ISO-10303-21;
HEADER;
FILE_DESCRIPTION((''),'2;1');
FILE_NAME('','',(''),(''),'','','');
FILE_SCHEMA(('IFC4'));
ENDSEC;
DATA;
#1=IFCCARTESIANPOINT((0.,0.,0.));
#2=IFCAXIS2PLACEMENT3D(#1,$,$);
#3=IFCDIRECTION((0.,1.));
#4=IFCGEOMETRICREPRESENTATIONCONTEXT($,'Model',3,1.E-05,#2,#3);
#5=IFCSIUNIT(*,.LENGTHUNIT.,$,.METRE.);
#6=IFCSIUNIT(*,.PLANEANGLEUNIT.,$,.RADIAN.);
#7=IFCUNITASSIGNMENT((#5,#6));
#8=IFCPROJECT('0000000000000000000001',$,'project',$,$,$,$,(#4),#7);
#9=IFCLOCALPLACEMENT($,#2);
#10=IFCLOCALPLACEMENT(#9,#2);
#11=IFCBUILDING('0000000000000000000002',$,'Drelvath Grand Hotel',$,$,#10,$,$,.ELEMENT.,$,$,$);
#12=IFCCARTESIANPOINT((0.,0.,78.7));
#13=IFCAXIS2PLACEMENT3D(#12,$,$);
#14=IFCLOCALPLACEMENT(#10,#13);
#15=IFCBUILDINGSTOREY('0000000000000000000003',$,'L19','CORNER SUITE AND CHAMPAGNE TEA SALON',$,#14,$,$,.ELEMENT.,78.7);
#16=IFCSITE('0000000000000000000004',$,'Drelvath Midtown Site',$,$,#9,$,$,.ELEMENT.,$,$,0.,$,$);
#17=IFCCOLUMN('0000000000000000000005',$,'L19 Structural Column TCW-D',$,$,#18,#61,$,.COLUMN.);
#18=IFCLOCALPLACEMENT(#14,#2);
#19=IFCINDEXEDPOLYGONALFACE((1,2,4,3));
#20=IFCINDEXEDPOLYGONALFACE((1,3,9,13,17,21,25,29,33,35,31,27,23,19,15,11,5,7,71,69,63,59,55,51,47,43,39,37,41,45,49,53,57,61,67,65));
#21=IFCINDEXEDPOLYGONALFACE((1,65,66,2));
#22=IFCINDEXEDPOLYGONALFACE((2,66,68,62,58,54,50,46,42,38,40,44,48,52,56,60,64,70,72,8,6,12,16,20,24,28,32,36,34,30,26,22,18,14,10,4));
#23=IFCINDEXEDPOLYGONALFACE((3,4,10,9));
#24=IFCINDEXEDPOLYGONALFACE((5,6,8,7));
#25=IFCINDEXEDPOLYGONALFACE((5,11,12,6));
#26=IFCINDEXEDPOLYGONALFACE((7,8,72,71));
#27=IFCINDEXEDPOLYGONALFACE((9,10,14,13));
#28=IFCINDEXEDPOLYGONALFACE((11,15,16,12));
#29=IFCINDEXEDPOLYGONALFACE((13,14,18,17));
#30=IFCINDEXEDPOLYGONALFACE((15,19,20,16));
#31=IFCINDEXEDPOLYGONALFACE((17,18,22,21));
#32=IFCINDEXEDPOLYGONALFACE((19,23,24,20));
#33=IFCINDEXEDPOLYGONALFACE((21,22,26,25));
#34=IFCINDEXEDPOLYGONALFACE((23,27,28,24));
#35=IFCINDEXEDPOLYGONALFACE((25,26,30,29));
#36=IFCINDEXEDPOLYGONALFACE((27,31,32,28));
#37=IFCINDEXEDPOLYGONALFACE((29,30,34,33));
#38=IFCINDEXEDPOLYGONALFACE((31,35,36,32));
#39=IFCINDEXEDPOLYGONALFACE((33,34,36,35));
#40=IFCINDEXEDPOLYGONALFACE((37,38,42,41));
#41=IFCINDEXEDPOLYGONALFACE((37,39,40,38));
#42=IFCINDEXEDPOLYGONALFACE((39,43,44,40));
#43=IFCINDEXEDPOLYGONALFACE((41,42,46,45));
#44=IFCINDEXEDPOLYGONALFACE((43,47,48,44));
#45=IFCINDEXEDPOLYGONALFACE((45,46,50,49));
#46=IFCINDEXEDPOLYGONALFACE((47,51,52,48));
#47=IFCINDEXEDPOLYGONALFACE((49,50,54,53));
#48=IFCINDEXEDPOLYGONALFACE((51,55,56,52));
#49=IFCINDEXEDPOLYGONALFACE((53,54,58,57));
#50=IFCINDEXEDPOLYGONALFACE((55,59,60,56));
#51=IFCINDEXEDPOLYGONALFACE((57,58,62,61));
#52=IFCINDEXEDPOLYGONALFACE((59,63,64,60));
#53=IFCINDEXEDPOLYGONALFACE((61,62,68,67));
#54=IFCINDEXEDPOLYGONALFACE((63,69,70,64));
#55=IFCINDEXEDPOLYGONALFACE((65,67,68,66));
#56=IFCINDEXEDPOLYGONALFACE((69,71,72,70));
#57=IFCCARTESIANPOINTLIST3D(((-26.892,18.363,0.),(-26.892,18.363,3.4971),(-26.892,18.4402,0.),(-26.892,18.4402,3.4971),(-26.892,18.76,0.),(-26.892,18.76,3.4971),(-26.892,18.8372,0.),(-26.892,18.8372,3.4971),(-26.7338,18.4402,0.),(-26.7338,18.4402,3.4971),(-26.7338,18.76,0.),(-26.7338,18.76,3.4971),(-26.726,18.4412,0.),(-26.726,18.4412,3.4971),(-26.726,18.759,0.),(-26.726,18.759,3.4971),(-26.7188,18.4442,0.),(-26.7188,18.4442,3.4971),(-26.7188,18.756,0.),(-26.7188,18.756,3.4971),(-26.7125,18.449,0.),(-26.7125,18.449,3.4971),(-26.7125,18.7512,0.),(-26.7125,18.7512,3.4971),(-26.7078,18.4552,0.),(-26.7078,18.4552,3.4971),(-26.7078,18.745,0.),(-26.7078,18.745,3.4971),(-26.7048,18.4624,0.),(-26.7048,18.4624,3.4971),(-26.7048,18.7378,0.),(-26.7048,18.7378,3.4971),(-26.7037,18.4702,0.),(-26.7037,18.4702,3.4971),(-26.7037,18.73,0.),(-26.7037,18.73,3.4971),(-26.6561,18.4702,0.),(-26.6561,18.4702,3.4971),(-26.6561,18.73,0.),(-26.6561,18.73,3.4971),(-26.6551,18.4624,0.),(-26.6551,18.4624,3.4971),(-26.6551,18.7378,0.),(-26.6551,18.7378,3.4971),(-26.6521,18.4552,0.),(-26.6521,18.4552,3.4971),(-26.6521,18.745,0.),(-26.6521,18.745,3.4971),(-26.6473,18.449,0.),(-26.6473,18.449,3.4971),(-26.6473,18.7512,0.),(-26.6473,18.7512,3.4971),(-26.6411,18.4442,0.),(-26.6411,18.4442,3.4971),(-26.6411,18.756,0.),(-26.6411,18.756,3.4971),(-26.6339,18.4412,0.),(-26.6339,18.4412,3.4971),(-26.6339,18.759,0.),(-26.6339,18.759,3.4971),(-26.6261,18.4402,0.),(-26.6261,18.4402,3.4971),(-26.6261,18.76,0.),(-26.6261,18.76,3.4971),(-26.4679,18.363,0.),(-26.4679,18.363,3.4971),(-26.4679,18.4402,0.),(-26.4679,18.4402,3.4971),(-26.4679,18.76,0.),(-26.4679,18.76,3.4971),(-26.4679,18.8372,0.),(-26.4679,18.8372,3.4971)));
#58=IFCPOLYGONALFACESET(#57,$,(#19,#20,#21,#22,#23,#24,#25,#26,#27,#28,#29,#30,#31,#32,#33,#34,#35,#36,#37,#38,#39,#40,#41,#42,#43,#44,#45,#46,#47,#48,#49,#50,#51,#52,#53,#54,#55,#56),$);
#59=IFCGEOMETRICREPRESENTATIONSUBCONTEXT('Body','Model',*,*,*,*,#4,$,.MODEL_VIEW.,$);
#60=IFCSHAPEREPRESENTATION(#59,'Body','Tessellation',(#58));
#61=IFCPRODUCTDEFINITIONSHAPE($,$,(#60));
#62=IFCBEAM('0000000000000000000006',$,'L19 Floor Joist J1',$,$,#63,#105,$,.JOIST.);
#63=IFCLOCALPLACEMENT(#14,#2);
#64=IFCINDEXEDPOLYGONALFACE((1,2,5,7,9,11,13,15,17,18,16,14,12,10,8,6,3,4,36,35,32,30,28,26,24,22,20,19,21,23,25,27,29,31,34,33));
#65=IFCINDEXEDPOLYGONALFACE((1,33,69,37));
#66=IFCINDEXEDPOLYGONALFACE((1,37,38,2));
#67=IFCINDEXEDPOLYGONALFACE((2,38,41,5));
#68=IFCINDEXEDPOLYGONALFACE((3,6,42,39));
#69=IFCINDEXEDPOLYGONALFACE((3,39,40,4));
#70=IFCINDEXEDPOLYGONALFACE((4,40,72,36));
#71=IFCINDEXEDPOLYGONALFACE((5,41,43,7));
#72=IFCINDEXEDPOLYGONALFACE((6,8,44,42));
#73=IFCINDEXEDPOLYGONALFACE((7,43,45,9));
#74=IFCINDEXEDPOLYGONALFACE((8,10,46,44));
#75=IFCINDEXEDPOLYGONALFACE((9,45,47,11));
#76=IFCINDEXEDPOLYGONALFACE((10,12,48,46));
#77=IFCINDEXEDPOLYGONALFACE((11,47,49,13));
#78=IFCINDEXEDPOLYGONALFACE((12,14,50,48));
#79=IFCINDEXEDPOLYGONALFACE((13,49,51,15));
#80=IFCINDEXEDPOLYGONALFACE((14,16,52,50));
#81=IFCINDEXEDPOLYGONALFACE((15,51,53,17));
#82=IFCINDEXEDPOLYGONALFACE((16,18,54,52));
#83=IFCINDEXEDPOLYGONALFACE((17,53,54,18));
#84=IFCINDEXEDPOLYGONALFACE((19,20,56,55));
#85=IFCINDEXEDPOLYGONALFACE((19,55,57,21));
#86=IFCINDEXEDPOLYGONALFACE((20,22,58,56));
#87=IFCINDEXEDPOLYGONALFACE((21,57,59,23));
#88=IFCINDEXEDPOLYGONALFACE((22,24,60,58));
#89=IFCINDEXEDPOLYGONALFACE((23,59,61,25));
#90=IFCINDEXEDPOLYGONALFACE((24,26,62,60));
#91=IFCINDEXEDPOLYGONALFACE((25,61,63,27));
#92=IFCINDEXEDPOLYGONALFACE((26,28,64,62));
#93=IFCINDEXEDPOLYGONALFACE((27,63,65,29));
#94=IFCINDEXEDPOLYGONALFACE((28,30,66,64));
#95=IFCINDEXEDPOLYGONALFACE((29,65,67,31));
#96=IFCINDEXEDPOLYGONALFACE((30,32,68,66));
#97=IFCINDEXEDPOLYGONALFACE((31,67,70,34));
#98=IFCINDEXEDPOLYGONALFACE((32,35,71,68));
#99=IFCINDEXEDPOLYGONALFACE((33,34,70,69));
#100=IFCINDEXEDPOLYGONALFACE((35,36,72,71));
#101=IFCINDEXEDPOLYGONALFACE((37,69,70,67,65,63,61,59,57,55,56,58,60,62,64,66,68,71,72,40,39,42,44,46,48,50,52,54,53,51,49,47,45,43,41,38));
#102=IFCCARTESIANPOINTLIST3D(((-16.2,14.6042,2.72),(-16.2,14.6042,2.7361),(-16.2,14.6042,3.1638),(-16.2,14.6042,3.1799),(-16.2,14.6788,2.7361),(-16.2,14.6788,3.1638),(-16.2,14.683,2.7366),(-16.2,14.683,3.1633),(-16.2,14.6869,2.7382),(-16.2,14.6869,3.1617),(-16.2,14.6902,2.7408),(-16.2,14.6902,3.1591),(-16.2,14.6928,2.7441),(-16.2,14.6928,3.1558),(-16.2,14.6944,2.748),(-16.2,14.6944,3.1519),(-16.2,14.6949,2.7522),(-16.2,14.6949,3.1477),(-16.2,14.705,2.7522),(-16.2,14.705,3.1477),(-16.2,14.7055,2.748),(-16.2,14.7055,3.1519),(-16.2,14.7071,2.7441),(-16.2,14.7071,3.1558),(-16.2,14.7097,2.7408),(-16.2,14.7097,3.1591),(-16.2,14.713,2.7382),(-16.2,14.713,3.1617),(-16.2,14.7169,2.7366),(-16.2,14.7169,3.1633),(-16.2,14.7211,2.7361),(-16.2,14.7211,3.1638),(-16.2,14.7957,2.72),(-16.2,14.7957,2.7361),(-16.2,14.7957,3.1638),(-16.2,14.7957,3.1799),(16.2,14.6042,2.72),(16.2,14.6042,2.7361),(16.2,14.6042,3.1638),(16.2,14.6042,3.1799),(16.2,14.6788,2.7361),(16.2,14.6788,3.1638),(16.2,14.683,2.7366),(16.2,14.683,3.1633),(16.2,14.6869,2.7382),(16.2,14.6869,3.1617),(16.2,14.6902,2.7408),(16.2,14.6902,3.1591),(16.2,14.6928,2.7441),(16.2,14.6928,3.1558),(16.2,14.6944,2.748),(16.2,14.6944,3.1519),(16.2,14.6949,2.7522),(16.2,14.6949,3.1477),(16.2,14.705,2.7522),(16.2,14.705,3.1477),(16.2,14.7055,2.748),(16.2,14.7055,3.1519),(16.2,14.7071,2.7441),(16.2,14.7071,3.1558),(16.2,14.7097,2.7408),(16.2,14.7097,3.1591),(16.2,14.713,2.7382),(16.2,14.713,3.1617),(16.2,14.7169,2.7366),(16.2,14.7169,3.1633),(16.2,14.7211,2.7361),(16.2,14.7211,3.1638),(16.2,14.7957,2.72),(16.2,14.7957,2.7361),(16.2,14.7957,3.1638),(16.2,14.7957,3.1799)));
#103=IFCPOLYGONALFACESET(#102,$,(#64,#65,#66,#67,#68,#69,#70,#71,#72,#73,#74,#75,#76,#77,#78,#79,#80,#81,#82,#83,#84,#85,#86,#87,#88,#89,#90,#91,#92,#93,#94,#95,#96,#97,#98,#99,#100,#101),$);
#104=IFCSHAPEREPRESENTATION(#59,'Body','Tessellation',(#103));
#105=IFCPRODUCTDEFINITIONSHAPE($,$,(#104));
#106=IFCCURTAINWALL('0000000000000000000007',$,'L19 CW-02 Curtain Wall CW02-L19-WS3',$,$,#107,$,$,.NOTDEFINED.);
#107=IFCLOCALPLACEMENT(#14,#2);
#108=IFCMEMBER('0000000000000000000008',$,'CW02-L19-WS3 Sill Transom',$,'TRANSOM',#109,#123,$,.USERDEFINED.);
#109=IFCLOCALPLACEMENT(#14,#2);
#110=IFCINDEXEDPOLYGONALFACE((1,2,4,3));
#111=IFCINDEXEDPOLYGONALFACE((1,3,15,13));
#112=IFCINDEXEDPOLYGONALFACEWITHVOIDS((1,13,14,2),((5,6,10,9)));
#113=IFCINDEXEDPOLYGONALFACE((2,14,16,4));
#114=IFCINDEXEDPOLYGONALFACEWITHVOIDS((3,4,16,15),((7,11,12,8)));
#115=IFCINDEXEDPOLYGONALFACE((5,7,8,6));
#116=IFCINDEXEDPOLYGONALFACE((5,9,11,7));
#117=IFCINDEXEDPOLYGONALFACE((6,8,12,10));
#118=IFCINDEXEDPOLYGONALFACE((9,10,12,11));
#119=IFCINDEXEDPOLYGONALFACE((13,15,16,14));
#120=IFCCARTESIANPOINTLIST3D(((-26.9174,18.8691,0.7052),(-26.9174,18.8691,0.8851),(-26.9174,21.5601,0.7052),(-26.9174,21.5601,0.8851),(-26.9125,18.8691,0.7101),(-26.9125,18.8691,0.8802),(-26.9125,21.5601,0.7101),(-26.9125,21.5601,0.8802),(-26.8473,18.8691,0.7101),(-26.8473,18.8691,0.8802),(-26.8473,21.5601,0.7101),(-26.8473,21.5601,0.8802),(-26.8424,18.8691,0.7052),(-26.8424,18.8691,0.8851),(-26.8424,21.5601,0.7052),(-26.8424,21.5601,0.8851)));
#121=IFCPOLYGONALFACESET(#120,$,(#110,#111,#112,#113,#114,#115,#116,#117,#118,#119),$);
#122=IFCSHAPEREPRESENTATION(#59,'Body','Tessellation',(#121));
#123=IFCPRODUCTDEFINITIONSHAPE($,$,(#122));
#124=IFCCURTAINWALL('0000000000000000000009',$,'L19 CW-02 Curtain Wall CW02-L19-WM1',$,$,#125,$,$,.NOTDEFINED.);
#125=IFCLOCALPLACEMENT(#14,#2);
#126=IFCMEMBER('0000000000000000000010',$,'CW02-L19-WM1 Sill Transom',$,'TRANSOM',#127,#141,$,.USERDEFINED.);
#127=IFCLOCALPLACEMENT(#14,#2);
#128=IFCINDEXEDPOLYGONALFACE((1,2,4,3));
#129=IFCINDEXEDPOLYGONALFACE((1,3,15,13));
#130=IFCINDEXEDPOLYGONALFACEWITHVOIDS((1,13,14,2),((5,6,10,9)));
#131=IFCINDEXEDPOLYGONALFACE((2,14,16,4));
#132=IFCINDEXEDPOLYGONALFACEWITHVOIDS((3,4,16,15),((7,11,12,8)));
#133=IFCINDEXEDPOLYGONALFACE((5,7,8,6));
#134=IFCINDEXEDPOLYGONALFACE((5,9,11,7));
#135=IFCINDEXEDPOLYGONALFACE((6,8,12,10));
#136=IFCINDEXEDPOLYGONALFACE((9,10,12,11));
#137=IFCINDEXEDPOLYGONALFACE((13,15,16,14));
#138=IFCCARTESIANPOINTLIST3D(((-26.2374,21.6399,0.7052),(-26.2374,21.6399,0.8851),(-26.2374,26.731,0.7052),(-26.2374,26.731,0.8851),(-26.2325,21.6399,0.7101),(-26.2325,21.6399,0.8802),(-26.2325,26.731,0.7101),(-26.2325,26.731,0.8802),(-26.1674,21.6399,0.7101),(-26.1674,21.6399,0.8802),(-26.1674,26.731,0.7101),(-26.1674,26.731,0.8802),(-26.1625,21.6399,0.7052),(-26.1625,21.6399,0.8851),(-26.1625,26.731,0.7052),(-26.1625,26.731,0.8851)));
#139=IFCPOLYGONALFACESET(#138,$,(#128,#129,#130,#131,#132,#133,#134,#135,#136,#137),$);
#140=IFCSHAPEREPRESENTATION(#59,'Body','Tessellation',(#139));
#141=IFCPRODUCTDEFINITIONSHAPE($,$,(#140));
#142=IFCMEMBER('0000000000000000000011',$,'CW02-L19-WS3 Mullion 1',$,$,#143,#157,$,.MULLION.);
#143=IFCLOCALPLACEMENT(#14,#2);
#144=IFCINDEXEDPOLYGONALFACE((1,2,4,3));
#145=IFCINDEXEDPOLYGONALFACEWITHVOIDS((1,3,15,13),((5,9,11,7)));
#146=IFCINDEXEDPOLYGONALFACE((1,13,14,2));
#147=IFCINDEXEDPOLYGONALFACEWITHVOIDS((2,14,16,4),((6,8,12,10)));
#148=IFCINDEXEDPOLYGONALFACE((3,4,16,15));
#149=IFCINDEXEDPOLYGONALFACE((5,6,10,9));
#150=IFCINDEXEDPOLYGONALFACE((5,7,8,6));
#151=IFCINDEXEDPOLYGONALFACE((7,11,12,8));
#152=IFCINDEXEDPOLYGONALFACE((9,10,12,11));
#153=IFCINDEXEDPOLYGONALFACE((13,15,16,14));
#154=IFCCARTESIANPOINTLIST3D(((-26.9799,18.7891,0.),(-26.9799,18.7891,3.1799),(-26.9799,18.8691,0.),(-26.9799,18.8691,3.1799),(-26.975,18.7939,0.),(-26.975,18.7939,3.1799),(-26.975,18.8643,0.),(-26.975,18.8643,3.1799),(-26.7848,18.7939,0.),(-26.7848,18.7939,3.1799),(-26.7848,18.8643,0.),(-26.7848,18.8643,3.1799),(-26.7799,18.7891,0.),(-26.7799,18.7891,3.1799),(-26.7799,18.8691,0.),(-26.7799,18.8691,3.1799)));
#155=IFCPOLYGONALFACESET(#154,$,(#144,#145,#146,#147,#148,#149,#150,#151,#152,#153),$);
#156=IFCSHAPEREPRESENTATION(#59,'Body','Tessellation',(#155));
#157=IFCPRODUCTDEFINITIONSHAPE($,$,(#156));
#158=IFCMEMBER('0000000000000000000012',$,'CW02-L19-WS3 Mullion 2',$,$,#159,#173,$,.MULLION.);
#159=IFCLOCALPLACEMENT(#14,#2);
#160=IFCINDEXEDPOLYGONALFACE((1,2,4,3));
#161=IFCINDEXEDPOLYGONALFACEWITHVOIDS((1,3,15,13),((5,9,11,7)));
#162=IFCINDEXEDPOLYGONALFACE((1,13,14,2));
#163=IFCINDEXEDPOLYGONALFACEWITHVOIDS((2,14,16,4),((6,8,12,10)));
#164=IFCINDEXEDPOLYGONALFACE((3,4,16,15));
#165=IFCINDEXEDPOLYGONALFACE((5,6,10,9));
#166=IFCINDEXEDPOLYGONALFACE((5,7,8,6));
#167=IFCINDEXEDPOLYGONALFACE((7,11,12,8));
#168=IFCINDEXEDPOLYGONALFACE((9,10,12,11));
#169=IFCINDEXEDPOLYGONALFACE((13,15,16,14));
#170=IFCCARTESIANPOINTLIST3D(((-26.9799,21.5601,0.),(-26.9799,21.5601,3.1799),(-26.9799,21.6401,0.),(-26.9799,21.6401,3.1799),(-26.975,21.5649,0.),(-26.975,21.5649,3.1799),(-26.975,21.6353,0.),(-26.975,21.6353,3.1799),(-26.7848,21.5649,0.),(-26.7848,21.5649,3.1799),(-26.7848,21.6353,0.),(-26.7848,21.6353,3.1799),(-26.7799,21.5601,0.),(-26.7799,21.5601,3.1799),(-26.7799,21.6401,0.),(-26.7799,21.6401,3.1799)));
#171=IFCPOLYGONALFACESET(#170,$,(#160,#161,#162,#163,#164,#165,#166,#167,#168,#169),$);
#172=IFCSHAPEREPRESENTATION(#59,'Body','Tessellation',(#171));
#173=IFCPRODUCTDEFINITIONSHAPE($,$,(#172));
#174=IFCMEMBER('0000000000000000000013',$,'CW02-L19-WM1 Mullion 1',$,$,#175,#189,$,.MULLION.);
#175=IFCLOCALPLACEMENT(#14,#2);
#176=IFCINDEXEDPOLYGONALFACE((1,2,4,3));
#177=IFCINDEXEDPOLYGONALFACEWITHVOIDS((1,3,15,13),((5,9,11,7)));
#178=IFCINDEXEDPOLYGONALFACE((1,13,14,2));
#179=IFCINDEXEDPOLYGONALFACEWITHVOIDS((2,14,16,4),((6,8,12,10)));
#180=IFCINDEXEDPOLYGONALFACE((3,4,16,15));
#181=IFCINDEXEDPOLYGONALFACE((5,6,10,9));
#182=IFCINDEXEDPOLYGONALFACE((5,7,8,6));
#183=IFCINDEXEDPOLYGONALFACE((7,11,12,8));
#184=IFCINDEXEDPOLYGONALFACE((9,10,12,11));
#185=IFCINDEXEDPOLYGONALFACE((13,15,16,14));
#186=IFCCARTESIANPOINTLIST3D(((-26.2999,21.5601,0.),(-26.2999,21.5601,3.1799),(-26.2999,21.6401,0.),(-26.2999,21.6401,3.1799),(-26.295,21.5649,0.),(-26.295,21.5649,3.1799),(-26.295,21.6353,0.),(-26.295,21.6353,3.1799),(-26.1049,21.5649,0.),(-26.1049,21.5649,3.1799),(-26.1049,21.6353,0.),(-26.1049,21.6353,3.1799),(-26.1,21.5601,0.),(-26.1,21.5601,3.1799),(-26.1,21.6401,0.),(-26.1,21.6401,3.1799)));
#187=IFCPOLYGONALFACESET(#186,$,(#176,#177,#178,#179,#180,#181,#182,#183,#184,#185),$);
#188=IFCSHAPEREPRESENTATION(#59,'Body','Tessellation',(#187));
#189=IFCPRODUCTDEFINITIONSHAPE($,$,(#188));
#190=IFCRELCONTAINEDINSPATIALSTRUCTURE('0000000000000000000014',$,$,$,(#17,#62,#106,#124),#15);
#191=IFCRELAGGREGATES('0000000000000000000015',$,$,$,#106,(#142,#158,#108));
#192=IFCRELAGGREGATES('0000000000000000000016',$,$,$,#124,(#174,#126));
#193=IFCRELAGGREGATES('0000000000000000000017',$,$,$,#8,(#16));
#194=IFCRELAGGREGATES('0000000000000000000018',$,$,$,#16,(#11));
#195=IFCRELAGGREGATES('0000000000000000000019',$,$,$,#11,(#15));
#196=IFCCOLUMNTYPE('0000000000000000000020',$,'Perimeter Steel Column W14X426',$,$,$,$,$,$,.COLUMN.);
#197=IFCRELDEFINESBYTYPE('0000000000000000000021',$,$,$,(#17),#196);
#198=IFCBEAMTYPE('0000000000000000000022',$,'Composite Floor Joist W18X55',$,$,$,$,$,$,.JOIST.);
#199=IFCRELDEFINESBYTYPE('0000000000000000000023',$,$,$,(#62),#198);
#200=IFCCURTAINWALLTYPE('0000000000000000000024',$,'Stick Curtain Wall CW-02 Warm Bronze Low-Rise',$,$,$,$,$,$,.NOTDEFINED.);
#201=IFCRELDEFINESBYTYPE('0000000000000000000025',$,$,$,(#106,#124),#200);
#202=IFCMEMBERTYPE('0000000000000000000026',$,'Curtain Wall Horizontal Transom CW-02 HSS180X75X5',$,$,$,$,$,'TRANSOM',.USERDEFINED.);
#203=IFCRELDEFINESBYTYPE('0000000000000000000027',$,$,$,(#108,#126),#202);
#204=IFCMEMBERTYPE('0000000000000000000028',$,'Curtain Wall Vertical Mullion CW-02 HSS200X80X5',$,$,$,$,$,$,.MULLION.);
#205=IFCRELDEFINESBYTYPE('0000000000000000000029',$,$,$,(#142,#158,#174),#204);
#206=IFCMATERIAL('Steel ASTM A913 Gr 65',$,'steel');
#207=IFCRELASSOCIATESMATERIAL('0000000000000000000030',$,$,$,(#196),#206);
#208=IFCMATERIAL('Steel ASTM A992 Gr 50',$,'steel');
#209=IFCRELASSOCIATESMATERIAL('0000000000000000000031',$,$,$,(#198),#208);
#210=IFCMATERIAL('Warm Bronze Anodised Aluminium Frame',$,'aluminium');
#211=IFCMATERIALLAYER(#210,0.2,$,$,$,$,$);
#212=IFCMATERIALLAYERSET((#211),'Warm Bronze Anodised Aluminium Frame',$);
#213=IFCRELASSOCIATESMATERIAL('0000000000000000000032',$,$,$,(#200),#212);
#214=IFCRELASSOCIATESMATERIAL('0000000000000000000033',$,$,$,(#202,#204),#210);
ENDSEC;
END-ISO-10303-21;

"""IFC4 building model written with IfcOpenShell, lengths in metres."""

from ifc_helpers import new_model, si_unit, direction, frame, origin, origin_2d, place, context, subcontext, project, spatial, hollow_rectangle, i_section, extrude, material, layer, layer_set, material_profile, profile_set, type_object, element, aggregate, save


model = new_model("IFC4")

# Units and contexts
model_context = context("Model", 3, precision=1e-05, world=origin(), true_north=direction((0.0, 1.0)))
body_context = subcontext(model_context, "Body", "Model", "MODEL_VIEW")
ifc_project = project(units=[si_unit("LENGTHUNIT", "METRE"), si_unit("PLANEANGLEUNIT", "RADIAN")], contexts=[model_context])

# Site, building, storey
site_placement = place(None, origin())
site = spatial("IfcSite", under=ifc_project, at=site_placement, Name="Drelvath Midtown Site", CompositionType="ELEMENT", RefElevation=0.0)
building_placement = place(site_placement, origin())
building = spatial("IfcBuilding", under=site, at=building_placement, Name="Drelvath Grand Hotel", CompositionType="ELEMENT")
storey_placement = place(building_placement, frame((0.0, 0.0, 78.7)))
storey = spatial("IfcBuildingStorey", under=building, at=storey_placement, Name="L19", Description="CORNER SUITE AND CHAMPAGNE TEA SALON", CompositionType="ELEMENT", Elevation=78.7)

# Column
ifc_material_1 = material(Name="Steel ASTM A913 Gr 65", Category="steel")
ifc_material_profile_1 = material_profile(ifc_material_1, i_section(OverallWidth=0.4241, OverallDepth=0.4741, WebThickness=0.0476, FlangeThickness=0.0771, FilletRadius=0.03, at=origin_2d()), Name="W14X426")
ifc_profile_set_1 = profile_set([ifc_material_profile_1], Name="Steel ASTM A913 Gr 65")
column_type = type_object("IfcColumnType", Name="Perimeter Steel Column W14X426", PredefinedType="COLUMN", material=ifc_profile_set_1)
column_placement = place(storey_placement, frame((-26.6799, 18.6001, 0.0), z_axis=(0.0, 0.0, 1.0), x_axis=(1.0, 0.0, 0.0)))
element("IfcColumn", 1, at=column_placement, inside=storey, type_object=column_type, Name="L19 Structural Column TCW-D", PredefinedType="COLUMN", context=body_context, shape_type="SweptSolid", body=[
    extrude(i_section(OverallWidth=0.4241, OverallDepth=0.4741, WebThickness=0.0476, FlangeThickness=0.0771, FilletRadius=0.03, at=origin_2d()), origin(), (0.0, 0.0, 1.0), 3.4971),
])

# Beam
ifc_material_2 = material(Name="Steel ASTM A992 Gr 50", Category="steel")
ifc_material_profile_2 = material_profile(ifc_material_2, i_section(OverallWidth=0.1914, OverallDepth=0.46, WebThickness=0.01, FlangeThickness=0.0161, FilletRadius=0.0161, at=origin_2d()), Name="W18X55")
ifc_profile_set_2 = profile_set([ifc_material_profile_2], Name="Steel ASTM A992 Gr 50")
beam_type_1 = type_object("IfcBeamType", Name="Composite Floor Joist W18X55", PredefinedType="JOIST", material=ifc_profile_set_2)
beam_1_placement = place(storey_placement, frame((-16.2, 14.7, 2.95), z_axis=(1.0, 0.0, 0.0), x_axis=(0.0, 1.0, 0.0)))
element("IfcBeam", 2, at=beam_1_placement, inside=storey, type_object=beam_type_1, Name="L19 Floor Joist J1", PredefinedType="JOIST", context=body_context, shape_type="SweptSolid", body=[
    extrude(i_section(OverallWidth=0.1914, OverallDepth=0.46, WebThickness=0.01, FlangeThickness=0.0161, FilletRadius=0.0161, at=origin_2d()), origin(), (0.0, 0.0, 1.0), 32.3999),
])

# Curtain walls, members
ifc_material_3 = material(Name="Warm Bronze Anodised Aluminium Frame", Category="aluminium")
ifc_layer_1 = layer(ifc_material_3, 0.2)
ifc_layer_set_1 = layer_set([ifc_layer_1], Name="Warm Bronze Anodised Aluminium Frame")
curtain_wall_type = type_object("IfcCurtainWallType", Name="Stick Curtain Wall CW-02 Warm Bronze Low-Rise", PredefinedType="NOTDEFINED", material=ifc_layer_set_1)
curtain_wall_1_placement = place(storey_placement, origin())
curtain_wall_1 = element("IfcCurtainWall", 3, at=curtain_wall_1_placement, inside=storey, type_object=curtain_wall_type, Name="L19 CW-02 Curtain Wall CW02-L19-WS3", PredefinedType="NOTDEFINED")
ifc_material_profile_3 = material_profile(ifc_material_3, hollow_rectangle(XDim=0.075, YDim=0.1799, WallThickness=0.0049, at=origin_2d()), Name="HSS180X75X5")
ifc_profile_set_3 = profile_set([ifc_material_profile_3], Name="Warm Bronze Anodised Aluminium Frame")
member_type_1 = type_object("IfcMemberType", Name="Curtain Wall Horizontal Transom CW-02 HSS180X75X5", ElementType="TRANSOM", PredefinedType="USERDEFINED", material=ifc_profile_set_3)
member_1_placement = place(storey_placement, frame((-26.8799, 18.8691, 0.7952), z_axis=(0.0, 1.0, 0.0), x_axis=(-1.0, 0.0, 0.0)))
member_1 = element("IfcMember", 4, at=member_1_placement, type_object=member_type_1, Name="CW02-L19-WS3 Sill Transom", ObjectType="TRANSOM", PredefinedType="USERDEFINED", context=body_context, shape_type="SweptSolid", body=[
    extrude(hollow_rectangle(XDim=0.075, YDim=0.1799, WallThickness=0.0049, at=origin_2d()), origin(), (0.0, 0.0, 1.0), 2.6909),
])
curtain_wall_2_placement = place(storey_placement, origin())
curtain_wall_2 = element("IfcCurtainWall", 5, at=curtain_wall_2_placement, inside=storey, type_object=curtain_wall_type, Name="L19 CW-02 Curtain Wall CW02-L19-WM1", PredefinedType="NOTDEFINED")
member_2_placement = place(storey_placement, frame((-26.2, 21.6399, 0.7952), z_axis=(0.0, 1.0, 0.0), x_axis=(-1.0, 0.0, 0.0)))
member_2 = element("IfcMember", 6, at=member_2_placement, type_object=member_type_1, Name="CW02-L19-WM1 Sill Transom", ObjectType="TRANSOM", PredefinedType="USERDEFINED", context=body_context, shape_type="SweptSolid", body=[
    extrude(hollow_rectangle(XDim=0.075, YDim=0.1799, WallThickness=0.0049, at=origin_2d()), origin(), (0.0, 0.0, 1.0), 5.0911),
])

# Members
ifc_material_profile_4 = material_profile(ifc_material_3, hollow_rectangle(XDim=0.0801, YDim=0.2, WallThickness=0.0049, at=origin_2d()), Name="HSS200X80X5")
ifc_profile_set_4 = profile_set([ifc_material_profile_4], Name="Warm Bronze Anodised Aluminium Frame")
member_type_2 = type_object("IfcMemberType", Name="Curtain Wall Vertical Mullion CW-02 HSS200X80X5", PredefinedType="MULLION", material=ifc_profile_set_4)
member_3_placement = place(storey_placement, frame((-26.8799, 18.8291, 0.0), z_axis=(0.0, 0.0, 1.0), x_axis=(0.0, 1.0, 0.0)))
member_3 = element("IfcMember", 7, at=member_3_placement, type_object=member_type_2, Name="CW02-L19-WS3 Mullion 1", PredefinedType="MULLION", context=body_context, shape_type="SweptSolid", body=[
    extrude(hollow_rectangle(XDim=0.0801, YDim=0.2, WallThickness=0.0049, at=origin_2d()), origin(), (0.0, 0.0, 1.0), 3.1799),
])
member_4_placement = place(storey_placement, frame((-26.8799, 21.6001, 0.0), z_axis=(0.0, 0.0, 1.0), x_axis=(0.0, 1.0, 0.0)))
member_4 = element("IfcMember", 8, at=member_4_placement, type_object=member_type_2, Name="CW02-L19-WS3 Mullion 2", PredefinedType="MULLION", context=body_context, shape_type="SweptSolid", body=[
    extrude(hollow_rectangle(XDim=0.0801, YDim=0.2, WallThickness=0.0049, at=origin_2d()), origin(), (0.0, 0.0, 1.0), 3.1799),
])
member_5_placement = place(storey_placement, frame((-26.2, 21.6001, 0.0), z_axis=(0.0, 0.0, 1.0), x_axis=(0.0, 1.0, 0.0)))
member_5 = element("IfcMember", 9, at=member_5_placement, type_object=member_type_2, Name="CW02-L19-WM1 Mullion 1", PredefinedType="MULLION", context=body_context, shape_type="SweptSolid", body=[
    extrude(hollow_rectangle(XDim=0.0801, YDim=0.2, WallThickness=0.0049, at=origin_2d()), origin(), (0.0, 0.0, 1.0), 3.1799),
])

aggregate(curtain_wall_1, [member_3, member_4, member_1])
aggregate(curtain_wall_2, [member_5, member_2])

save(model, "model.ifc")
